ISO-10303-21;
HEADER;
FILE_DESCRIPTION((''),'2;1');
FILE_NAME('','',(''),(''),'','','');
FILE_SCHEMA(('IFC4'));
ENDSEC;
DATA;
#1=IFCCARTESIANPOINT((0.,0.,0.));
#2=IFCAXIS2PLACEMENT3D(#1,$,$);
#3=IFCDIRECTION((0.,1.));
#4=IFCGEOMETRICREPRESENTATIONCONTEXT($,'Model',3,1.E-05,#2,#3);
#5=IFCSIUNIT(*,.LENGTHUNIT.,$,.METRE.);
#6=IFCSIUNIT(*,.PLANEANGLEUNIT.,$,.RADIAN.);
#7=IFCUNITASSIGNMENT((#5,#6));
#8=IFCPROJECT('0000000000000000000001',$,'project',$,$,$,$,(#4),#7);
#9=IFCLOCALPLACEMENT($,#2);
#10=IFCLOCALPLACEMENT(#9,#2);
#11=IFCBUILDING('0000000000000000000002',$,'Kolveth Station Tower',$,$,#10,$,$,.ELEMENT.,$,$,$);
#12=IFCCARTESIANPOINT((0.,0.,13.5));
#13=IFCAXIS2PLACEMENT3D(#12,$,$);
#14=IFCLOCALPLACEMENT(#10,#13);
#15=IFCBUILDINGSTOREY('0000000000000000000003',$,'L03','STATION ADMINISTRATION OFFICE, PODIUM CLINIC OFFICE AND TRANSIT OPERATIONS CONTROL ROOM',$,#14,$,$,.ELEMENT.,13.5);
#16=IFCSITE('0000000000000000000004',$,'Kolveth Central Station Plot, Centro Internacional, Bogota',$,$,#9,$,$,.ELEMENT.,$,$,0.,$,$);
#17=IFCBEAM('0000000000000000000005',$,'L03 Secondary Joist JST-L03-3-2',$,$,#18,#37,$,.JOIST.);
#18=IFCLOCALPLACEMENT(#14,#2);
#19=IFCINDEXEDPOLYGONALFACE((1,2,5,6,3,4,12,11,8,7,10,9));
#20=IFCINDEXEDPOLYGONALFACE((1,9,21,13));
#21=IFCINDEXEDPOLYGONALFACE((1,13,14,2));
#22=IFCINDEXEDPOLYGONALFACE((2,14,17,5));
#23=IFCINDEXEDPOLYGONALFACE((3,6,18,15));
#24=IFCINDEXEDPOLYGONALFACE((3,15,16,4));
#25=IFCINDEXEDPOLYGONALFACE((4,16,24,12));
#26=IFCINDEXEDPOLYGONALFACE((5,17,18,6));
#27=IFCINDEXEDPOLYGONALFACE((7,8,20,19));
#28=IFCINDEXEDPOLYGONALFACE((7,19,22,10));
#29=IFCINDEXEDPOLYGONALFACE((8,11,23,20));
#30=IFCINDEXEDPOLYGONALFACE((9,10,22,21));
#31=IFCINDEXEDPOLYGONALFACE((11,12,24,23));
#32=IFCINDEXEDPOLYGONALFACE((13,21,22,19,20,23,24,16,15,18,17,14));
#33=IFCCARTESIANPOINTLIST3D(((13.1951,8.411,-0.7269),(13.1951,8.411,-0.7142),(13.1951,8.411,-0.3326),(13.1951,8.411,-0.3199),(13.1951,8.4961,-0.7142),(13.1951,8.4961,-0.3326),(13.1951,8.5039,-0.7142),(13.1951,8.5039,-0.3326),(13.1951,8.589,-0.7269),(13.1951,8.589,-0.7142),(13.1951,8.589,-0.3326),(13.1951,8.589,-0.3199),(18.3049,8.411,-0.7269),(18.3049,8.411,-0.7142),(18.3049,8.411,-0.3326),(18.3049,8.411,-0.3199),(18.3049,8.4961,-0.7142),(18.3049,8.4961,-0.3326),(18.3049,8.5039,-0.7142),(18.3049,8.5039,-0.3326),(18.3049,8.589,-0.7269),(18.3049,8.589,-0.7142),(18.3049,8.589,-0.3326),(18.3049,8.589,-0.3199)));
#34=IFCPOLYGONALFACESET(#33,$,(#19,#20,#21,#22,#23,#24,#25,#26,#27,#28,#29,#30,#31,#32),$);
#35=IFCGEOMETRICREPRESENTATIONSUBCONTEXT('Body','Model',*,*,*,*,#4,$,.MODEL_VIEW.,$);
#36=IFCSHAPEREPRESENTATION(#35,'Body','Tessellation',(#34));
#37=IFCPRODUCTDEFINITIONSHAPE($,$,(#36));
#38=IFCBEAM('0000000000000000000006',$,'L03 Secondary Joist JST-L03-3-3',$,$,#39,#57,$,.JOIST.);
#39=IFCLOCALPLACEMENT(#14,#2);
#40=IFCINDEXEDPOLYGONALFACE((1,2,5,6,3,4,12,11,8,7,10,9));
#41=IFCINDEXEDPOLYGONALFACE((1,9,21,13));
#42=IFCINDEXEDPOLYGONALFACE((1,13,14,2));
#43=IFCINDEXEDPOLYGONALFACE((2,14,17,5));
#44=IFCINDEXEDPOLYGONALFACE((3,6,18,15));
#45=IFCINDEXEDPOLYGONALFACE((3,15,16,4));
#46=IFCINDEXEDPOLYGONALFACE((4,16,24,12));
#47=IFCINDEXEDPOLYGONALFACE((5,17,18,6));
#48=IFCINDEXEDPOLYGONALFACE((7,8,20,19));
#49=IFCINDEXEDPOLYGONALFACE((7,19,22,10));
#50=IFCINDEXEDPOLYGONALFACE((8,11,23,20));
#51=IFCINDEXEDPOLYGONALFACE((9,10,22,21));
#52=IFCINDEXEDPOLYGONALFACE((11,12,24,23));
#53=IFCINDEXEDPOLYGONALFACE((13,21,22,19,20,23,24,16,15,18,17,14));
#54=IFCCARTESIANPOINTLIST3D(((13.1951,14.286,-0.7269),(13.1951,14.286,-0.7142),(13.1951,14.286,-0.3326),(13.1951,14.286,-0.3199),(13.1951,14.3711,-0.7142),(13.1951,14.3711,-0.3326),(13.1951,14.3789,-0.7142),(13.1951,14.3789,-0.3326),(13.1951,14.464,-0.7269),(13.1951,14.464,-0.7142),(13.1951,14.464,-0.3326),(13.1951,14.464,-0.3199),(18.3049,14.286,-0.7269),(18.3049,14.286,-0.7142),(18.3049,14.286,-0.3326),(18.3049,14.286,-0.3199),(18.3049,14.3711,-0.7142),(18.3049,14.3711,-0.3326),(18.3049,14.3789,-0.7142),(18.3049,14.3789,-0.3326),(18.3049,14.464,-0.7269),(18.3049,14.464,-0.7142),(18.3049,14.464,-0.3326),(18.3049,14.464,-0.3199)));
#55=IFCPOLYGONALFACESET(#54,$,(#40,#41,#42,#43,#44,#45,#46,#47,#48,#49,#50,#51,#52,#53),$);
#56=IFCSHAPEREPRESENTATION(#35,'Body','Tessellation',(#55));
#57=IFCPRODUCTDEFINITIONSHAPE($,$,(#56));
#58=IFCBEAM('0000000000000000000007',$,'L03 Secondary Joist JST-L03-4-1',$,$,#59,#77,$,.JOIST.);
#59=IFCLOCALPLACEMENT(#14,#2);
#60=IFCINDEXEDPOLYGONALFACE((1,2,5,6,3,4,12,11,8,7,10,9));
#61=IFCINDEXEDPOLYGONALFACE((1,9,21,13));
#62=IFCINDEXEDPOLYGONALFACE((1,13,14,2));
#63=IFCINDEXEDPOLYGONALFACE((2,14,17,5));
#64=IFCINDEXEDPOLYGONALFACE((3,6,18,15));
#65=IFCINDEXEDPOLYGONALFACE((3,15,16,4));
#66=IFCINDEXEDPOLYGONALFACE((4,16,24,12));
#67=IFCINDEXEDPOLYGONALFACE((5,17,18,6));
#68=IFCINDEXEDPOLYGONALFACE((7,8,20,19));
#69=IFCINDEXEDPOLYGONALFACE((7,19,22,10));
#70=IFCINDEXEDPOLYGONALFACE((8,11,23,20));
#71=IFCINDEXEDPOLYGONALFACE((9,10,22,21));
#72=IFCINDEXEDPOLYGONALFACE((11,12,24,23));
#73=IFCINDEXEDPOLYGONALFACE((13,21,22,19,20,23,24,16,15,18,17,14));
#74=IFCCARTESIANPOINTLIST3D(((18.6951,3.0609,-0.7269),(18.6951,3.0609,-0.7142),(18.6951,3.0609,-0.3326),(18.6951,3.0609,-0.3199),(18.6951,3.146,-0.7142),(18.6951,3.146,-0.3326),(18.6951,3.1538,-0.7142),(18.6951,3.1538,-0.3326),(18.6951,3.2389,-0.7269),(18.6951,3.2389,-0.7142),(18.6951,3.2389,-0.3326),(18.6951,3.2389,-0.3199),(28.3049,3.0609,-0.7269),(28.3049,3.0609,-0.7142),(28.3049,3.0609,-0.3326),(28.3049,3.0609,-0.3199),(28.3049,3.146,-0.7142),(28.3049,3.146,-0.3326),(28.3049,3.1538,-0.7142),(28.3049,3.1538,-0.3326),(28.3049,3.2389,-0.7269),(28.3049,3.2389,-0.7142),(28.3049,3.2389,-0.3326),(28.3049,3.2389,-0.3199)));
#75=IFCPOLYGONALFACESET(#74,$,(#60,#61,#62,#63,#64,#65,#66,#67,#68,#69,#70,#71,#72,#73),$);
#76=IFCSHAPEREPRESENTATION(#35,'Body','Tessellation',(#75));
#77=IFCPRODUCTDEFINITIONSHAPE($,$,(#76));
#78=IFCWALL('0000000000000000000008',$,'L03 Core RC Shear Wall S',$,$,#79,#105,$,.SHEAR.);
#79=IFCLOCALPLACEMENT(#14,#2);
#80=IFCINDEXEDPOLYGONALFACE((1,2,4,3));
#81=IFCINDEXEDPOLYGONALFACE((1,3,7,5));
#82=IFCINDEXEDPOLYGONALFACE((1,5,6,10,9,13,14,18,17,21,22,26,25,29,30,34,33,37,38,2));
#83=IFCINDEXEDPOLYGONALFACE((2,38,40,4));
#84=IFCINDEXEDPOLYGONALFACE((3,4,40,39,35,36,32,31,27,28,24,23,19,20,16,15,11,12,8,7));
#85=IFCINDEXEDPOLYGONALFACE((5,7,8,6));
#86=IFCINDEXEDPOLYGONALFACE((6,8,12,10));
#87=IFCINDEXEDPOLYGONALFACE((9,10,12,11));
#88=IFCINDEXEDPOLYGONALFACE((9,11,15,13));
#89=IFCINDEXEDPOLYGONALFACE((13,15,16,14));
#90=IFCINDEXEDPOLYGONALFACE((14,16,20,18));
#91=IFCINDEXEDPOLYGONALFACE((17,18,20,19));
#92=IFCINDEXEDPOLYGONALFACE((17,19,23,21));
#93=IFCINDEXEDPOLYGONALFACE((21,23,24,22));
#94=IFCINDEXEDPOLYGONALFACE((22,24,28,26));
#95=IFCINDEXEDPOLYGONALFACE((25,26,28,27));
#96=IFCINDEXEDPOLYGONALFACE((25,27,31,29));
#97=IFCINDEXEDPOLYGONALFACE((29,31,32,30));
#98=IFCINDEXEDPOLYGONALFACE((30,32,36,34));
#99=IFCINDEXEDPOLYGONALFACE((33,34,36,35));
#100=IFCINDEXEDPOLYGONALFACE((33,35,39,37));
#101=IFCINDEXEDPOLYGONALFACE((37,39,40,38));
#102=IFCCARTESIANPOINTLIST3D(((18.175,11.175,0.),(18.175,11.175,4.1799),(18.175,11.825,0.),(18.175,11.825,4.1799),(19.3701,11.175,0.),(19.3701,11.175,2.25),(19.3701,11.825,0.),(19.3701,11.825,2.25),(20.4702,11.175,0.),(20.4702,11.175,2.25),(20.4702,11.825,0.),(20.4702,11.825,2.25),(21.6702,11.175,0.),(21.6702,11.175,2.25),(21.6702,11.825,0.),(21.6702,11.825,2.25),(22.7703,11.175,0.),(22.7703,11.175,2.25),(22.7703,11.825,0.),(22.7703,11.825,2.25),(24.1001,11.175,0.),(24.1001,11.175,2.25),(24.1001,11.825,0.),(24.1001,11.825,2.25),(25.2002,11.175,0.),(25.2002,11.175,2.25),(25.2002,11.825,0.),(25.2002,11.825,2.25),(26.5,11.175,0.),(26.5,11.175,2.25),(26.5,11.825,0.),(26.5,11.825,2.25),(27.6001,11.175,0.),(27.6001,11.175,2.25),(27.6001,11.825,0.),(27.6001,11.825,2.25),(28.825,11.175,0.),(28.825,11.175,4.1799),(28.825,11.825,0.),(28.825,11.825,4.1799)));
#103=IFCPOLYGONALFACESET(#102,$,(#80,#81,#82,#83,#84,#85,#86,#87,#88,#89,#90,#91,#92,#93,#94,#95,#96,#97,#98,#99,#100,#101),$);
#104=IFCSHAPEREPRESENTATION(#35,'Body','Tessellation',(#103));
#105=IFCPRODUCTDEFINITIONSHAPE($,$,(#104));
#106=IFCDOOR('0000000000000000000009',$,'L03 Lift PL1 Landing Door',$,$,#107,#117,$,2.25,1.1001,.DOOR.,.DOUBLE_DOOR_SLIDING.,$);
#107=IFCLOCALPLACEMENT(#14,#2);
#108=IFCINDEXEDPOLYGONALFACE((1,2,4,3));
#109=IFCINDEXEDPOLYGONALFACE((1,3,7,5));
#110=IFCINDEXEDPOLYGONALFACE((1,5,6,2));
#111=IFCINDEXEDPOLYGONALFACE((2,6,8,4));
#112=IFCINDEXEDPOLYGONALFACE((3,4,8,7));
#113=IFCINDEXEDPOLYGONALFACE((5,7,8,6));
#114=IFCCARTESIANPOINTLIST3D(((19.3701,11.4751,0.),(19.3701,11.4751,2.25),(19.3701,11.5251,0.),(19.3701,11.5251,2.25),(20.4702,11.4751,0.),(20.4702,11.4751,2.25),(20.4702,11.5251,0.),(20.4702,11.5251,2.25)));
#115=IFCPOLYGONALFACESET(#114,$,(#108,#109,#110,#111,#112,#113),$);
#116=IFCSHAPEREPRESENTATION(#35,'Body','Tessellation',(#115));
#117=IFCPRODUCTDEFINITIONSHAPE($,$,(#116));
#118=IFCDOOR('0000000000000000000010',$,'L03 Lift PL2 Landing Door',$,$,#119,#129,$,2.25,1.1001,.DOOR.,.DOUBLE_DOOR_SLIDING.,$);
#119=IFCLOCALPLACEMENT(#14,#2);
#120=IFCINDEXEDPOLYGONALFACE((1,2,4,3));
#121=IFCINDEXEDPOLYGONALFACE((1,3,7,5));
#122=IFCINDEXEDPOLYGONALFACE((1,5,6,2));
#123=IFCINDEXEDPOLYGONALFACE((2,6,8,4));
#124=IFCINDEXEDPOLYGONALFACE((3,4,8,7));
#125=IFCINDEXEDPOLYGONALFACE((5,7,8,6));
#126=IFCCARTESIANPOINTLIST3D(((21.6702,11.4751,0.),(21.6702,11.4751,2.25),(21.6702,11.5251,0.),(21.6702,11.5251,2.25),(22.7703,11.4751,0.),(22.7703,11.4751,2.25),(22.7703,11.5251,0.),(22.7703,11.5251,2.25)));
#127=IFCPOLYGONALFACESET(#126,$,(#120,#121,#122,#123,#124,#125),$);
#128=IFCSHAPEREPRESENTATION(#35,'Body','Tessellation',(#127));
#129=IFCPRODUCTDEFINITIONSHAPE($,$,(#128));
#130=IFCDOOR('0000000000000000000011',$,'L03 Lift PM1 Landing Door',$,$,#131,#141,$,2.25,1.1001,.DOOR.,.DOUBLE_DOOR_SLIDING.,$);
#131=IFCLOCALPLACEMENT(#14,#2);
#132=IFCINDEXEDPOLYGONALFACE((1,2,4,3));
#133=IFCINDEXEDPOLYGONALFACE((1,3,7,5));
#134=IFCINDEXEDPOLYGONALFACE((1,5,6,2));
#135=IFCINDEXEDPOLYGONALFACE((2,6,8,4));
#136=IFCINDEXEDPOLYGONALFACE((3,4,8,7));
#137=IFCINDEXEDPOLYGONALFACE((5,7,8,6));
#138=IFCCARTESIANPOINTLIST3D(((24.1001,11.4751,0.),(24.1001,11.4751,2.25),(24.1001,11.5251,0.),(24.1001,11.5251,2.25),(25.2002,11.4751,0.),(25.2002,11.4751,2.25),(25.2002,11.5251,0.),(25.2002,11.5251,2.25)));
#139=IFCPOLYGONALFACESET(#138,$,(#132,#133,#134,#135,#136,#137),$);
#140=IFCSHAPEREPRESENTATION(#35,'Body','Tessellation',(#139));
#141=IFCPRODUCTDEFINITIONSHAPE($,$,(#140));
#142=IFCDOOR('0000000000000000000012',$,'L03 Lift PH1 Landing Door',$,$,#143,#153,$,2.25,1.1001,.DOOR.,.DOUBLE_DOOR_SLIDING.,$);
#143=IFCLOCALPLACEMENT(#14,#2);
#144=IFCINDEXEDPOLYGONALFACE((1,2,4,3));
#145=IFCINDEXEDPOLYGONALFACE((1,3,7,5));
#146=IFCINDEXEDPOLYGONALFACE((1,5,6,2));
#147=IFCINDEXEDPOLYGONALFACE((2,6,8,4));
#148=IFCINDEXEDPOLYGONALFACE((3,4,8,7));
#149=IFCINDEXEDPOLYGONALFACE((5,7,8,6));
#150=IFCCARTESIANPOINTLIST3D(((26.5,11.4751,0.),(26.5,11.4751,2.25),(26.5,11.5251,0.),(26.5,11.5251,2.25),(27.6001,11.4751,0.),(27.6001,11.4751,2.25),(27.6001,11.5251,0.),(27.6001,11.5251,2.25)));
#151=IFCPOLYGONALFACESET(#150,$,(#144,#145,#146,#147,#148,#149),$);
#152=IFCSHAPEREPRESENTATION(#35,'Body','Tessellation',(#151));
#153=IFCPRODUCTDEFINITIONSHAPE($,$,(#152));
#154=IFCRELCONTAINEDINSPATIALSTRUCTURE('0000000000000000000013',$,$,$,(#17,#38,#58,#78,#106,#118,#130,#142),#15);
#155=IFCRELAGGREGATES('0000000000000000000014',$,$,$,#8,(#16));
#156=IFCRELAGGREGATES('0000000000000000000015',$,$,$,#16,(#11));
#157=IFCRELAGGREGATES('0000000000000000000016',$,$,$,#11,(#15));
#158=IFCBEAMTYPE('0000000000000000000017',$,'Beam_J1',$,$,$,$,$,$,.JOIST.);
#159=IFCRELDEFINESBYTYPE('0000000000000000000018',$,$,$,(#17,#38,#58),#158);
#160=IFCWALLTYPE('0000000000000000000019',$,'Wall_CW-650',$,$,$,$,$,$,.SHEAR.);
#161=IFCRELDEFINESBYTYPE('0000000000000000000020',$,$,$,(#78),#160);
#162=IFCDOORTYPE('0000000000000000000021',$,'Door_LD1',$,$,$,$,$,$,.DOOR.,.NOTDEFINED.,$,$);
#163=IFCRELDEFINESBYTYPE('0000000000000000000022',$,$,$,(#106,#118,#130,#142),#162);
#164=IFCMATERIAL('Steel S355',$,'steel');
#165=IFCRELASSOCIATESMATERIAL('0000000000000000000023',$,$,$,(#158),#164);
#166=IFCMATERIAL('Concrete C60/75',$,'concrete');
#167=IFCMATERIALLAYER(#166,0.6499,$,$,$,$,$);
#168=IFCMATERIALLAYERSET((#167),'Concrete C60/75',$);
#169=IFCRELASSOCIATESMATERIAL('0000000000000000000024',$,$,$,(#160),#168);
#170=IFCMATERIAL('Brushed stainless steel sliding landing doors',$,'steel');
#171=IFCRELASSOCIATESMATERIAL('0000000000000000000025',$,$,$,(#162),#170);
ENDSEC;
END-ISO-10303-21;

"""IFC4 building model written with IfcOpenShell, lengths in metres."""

from ifc_helpers import new_model, si_unit, direction, frame, frame_2d, origin, origin_2d, place, context, subcontext, project, spatial, rectangle, i_section, extrude, source, transform, mapped, material, layer, layer_set, material_profile, profile_set, type_object, element, fill, save


model = new_model("IFC4")

# Units and contexts
model_context = context("Model", 3, precision=1e-05, world=origin(), true_north=direction((0.0, 1.0)))
body_context = subcontext(model_context, "Body", "Model", "MODEL_VIEW")
ifc_project = project(units=[si_unit("LENGTHUNIT", "METRE"), si_unit("PLANEANGLEUNIT", "RADIAN")], contexts=[model_context])

# Site, building, storey
site_placement = place(None, origin())
site = spatial("IfcSite", under=ifc_project, at=site_placement, Name="Kolveth Central Station Plot, Centro Internacional, Bogota", CompositionType="ELEMENT", RefElevation=0.0)
building_placement = place(site_placement, origin())
building = spatial("IfcBuilding", under=site, at=building_placement, Name="Kolveth Station Tower", CompositionType="ELEMENT")
storey_placement = place(building_placement, frame((0.0, 0.0, 13.5)))
storey = spatial("IfcBuildingStorey", under=building, at=storey_placement, Name="L03", Description="STATION ADMINISTRATION OFFICE, PODIUM CLINIC OFFICE AND TRANSIT OPERATIONS CONTROL ROOM", CompositionType="ELEMENT", Elevation=13.5)

# Beams
ifc_material_1 = material(Name="Steel S355", Category="steel")
ifc_material_profile_1 = material_profile(ifc_material_1, i_section(OverallWidth=0.178, OverallDepth=0.407, WebThickness=0.0078, FlangeThickness=0.0127, at=origin_2d()), Name="W410x60")
ifc_profile_set_1 = profile_set([ifc_material_profile_1], Name="Steel S355")
beam_type_1 = type_object("IfcBeamType", Name="Beam_J1", PredefinedType="JOIST", material=ifc_profile_set_1)
shared_shape_1 = source(origin(), body_context, "Body", "SweptSolid", [
    extrude(i_section(OverallWidth=0.178, OverallDepth=0.407, WebThickness=0.0078, FlangeThickness=0.0127, at=origin_2d()), origin(), (0.0, 0.0, 1.0), 5.1099),
])
for number, where, z_axis, x_axis, name in (
    (1, (13.1951, 8.5, -0.5234), (1.0, 0.0, 0.0), (0.0, 1.0, 0.0), "L03 Secondary Joist JST-L03-3-2"),
    (2, (13.1951, 14.375, -0.5234), (1.0, 0.0, 0.0), (0.0, 1.0, 0.0), "L03 Secondary Joist JST-L03-3-3"),
):
    element("IfcBeam", number, at=place(storey_placement, frame(where, z_axis=z_axis, x_axis=x_axis)), inside=storey, type_object=beam_type_1, Name=name, PredefinedType="JOIST", context=body_context, shape_type="MappedRepresentation", body=[
        mapped(shared_shape_1, transform((0.0, 0.0, 0.0), x_axis=(1.0, 0.0, 0.0), y_axis=(0.0, 1.0, 0.0), z_axis=(0.0, 0.0, 1.0), scale=1.0)),
    ])
shared_shape_2 = source(origin(), body_context, "Body", "SweptSolid", [
    extrude(i_section(OverallWidth=0.178, OverallDepth=0.407, WebThickness=0.0078, FlangeThickness=0.0127, at=origin_2d()), origin(), (0.0, 0.0, 1.0), 9.6099),
])
beam_1_placement = place(storey_placement, frame((18.6951, 3.1499, -0.5234), z_axis=(1.0, 0.0, 0.0), x_axis=(0.0, 1.0, 0.0)))
element("IfcBeam", 3, at=beam_1_placement, inside=storey, type_object=beam_type_1, Name="L03 Secondary Joist JST-L03-4-1", PredefinedType="JOIST", context=body_context, shape_type="MappedRepresentation", body=[
    mapped(shared_shape_2, transform((0.0, 0.0, 0.0), x_axis=(1.0, 0.0, 0.0), y_axis=(0.0, 1.0, 0.0), z_axis=(0.0, 0.0, 1.0), scale=1.0)),
])

# Wall, openings, doors
ifc_material_2 = material(Name="Concrete C60/75", Category="concrete")
ifc_layer_1 = layer(ifc_material_2, 0.6499)
ifc_layer_set_1 = layer_set([ifc_layer_1], Name="Concrete C60/75")
wall_type_1 = type_object("IfcWallType", Name="Wall_CW-650", PredefinedType="SHEAR", material=ifc_layer_set_1)
wall_1_placement = place(storey_placement, frame((18.175, 11.5, 0.0), z_axis=(0.0, 0.0, 1.0), x_axis=(1.0, 0.0, 0.0)))
wall_1 = element("IfcWall", 4, at=wall_1_placement, inside=storey, type_object=wall_type_1, Name="L03 Core RC Shear Wall S", PredefinedType="SHEAR", context=body_context, shape_type="SweptSolid", body=[
    extrude(rectangle(XDim=10.6499, YDim=0.6499, at=frame_2d((5.325, 0.0))), origin(), (0.0, 0.0, 1.0), 4.1799),
])
opening_1_placement = place(wall_1_placement, frame((1.1951, 0.0, 0.0)))
opening_1 = element("IfcOpeningElement", 5, at=opening_1_placement, cuts=wall_1, PredefinedType="OPENING", context=body_context, shape_type="SweptSolid", body=[
    extrude(rectangle(XDim=1.1001, YDim=2.25, at=frame_2d((0.55, 1.125))), frame((0.0, 0.335, 0.0), z_axis=(0.0, -1.0, 0.0), x_axis=(1.0, 0.0, 0.0)), (0.0, 0.0, 1.0), 0.6699),
])
opening_2_placement = place(wall_1_placement, frame((3.4951, 0.0, 0.0)))
opening_2 = element("IfcOpeningElement", 6, at=opening_2_placement, cuts=wall_1, PredefinedType="OPENING", context=body_context, shape_type="SweptSolid", body=[
    extrude(rectangle(XDim=1.1001, YDim=2.25, at=frame_2d((0.55, 1.125))), frame((0.0, 0.335, 0.0), z_axis=(0.0, -1.0, 0.0), x_axis=(1.0, 0.0, 0.0)), (0.0, 0.0, 1.0), 0.6699),
])
opening_3_placement = place(wall_1_placement, frame((5.925, 0.0, 0.0)))
opening_3 = element("IfcOpeningElement", 7, at=opening_3_placement, cuts=wall_1, PredefinedType="OPENING", context=body_context, shape_type="SweptSolid", body=[
    extrude(rectangle(XDim=1.1001, YDim=2.25, at=frame_2d((0.55, 1.125))), frame((0.0, 0.335, 0.0), z_axis=(0.0, -1.0, 0.0), x_axis=(1.0, 0.0, 0.0)), (0.0, 0.0, 1.0), 0.6699),
])
opening_4_placement = place(wall_1_placement, frame((8.325, 0.0, 0.0)))
opening_4 = element("IfcOpeningElement", 8, at=opening_4_placement, cuts=wall_1, PredefinedType="OPENING", context=body_context, shape_type="SweptSolid", body=[
    extrude(rectangle(XDim=1.1001, YDim=2.25, at=frame_2d((0.55, 1.125))), frame((0.0, 0.335, 0.0), z_axis=(0.0, -1.0, 0.0), x_axis=(1.0, 0.0, 0.0)), (0.0, 0.0, 1.0), 0.6699),
])
ifc_material_3 = material(Name="Brushed stainless steel sliding landing doors", Category="steel")
door_type_1 = type_object("IfcDoorType", Name="Door_LD1", OperationType="NOTDEFINED", PredefinedType="DOOR", material=ifc_material_3)
door_1_placement = place(opening_1_placement, frame((1.1001, 0.0, 0.0), z_axis=(0.0, 0.0, 1.0), x_axis=(-1.0, 0.0, 0.0)))
door_1 = element("IfcDoor", 9, at=door_1_placement, inside=storey, type_object=door_type_1, Name="L03 Lift PL1 Landing Door", OperationType="DOUBLE_DOOR_SLIDING", OverallHeight=2.25, OverallWidth=1.1001, PredefinedType="DOOR", context=body_context, shape_type="SweptSolid", body=[
    extrude(rectangle(XDim=1.1001, YDim=2.25, at=frame_2d((0.55, 1.125))), frame((0.0, 0.0249, 0.0), z_axis=(0.0, -1.0, 0.0), x_axis=(1.0, 0.0, 0.0)), (0.0, 0.0, 1.0), 0.05),
])
fill(opening_1, door_1)
door_2_placement = place(opening_2_placement, frame((1.1001, 0.0, 0.0), z_axis=(0.0, 0.0, 1.0), x_axis=(-1.0, 0.0, 0.0)))
door_2 = element("IfcDoor", 10, at=door_2_placement, inside=storey, type_object=door_type_1, Name="L03 Lift PL2 Landing Door", OperationType="DOUBLE_DOOR_SLIDING", OverallHeight=2.25, OverallWidth=1.1001, PredefinedType="DOOR", context=body_context, shape_type="SweptSolid", body=[
    extrude(rectangle(XDim=1.1001, YDim=2.25, at=frame_2d((0.55, 1.125))), frame((0.0, 0.0249, 0.0), z_axis=(0.0, -1.0, 0.0), x_axis=(1.0, 0.0, 0.0)), (0.0, 0.0, 1.0), 0.05),
])
fill(opening_2, door_2)
door_3_placement = place(opening_3_placement, frame((1.1001, 0.0, 0.0), z_axis=(0.0, 0.0, 1.0), x_axis=(-1.0, 0.0, 0.0)))
door_3 = element("IfcDoor", 11, at=door_3_placement, inside=storey, type_object=door_type_1, Name="L03 Lift PM1 Landing Door", OperationType="DOUBLE_DOOR_SLIDING", OverallHeight=2.25, OverallWidth=1.1001, PredefinedType="DOOR", context=body_context, shape_type="SweptSolid", body=[
    extrude(rectangle(XDim=1.1001, YDim=2.25, at=frame_2d((0.55, 1.125))), frame((0.0, 0.0249, 0.0), z_axis=(0.0, -1.0, 0.0), x_axis=(1.0, 0.0, 0.0)), (0.0, 0.0, 1.0), 0.05),
])
fill(opening_3, door_3)
door_4_placement = place(opening_4_placement, frame((1.1001, 0.0, 0.0), z_axis=(0.0, 0.0, 1.0), x_axis=(-1.0, 0.0, 0.0)))
door_4 = element("IfcDoor", 12, at=door_4_placement, inside=storey, type_object=door_type_1, Name="L03 Lift PH1 Landing Door", OperationType="DOUBLE_DOOR_SLIDING", OverallHeight=2.25, OverallWidth=1.1001, PredefinedType="DOOR", context=body_context, shape_type="SweptSolid", body=[
    extrude(rectangle(XDim=1.1001, YDim=2.25, at=frame_2d((0.55, 1.125))), frame((0.0, 0.0249, 0.0), z_axis=(0.0, -1.0, 0.0), x_axis=(1.0, 0.0, 0.0)), (0.0, 0.0, 1.0), 0.05),
])
fill(opening_4, door_4)

save(model, "model.ifc")
